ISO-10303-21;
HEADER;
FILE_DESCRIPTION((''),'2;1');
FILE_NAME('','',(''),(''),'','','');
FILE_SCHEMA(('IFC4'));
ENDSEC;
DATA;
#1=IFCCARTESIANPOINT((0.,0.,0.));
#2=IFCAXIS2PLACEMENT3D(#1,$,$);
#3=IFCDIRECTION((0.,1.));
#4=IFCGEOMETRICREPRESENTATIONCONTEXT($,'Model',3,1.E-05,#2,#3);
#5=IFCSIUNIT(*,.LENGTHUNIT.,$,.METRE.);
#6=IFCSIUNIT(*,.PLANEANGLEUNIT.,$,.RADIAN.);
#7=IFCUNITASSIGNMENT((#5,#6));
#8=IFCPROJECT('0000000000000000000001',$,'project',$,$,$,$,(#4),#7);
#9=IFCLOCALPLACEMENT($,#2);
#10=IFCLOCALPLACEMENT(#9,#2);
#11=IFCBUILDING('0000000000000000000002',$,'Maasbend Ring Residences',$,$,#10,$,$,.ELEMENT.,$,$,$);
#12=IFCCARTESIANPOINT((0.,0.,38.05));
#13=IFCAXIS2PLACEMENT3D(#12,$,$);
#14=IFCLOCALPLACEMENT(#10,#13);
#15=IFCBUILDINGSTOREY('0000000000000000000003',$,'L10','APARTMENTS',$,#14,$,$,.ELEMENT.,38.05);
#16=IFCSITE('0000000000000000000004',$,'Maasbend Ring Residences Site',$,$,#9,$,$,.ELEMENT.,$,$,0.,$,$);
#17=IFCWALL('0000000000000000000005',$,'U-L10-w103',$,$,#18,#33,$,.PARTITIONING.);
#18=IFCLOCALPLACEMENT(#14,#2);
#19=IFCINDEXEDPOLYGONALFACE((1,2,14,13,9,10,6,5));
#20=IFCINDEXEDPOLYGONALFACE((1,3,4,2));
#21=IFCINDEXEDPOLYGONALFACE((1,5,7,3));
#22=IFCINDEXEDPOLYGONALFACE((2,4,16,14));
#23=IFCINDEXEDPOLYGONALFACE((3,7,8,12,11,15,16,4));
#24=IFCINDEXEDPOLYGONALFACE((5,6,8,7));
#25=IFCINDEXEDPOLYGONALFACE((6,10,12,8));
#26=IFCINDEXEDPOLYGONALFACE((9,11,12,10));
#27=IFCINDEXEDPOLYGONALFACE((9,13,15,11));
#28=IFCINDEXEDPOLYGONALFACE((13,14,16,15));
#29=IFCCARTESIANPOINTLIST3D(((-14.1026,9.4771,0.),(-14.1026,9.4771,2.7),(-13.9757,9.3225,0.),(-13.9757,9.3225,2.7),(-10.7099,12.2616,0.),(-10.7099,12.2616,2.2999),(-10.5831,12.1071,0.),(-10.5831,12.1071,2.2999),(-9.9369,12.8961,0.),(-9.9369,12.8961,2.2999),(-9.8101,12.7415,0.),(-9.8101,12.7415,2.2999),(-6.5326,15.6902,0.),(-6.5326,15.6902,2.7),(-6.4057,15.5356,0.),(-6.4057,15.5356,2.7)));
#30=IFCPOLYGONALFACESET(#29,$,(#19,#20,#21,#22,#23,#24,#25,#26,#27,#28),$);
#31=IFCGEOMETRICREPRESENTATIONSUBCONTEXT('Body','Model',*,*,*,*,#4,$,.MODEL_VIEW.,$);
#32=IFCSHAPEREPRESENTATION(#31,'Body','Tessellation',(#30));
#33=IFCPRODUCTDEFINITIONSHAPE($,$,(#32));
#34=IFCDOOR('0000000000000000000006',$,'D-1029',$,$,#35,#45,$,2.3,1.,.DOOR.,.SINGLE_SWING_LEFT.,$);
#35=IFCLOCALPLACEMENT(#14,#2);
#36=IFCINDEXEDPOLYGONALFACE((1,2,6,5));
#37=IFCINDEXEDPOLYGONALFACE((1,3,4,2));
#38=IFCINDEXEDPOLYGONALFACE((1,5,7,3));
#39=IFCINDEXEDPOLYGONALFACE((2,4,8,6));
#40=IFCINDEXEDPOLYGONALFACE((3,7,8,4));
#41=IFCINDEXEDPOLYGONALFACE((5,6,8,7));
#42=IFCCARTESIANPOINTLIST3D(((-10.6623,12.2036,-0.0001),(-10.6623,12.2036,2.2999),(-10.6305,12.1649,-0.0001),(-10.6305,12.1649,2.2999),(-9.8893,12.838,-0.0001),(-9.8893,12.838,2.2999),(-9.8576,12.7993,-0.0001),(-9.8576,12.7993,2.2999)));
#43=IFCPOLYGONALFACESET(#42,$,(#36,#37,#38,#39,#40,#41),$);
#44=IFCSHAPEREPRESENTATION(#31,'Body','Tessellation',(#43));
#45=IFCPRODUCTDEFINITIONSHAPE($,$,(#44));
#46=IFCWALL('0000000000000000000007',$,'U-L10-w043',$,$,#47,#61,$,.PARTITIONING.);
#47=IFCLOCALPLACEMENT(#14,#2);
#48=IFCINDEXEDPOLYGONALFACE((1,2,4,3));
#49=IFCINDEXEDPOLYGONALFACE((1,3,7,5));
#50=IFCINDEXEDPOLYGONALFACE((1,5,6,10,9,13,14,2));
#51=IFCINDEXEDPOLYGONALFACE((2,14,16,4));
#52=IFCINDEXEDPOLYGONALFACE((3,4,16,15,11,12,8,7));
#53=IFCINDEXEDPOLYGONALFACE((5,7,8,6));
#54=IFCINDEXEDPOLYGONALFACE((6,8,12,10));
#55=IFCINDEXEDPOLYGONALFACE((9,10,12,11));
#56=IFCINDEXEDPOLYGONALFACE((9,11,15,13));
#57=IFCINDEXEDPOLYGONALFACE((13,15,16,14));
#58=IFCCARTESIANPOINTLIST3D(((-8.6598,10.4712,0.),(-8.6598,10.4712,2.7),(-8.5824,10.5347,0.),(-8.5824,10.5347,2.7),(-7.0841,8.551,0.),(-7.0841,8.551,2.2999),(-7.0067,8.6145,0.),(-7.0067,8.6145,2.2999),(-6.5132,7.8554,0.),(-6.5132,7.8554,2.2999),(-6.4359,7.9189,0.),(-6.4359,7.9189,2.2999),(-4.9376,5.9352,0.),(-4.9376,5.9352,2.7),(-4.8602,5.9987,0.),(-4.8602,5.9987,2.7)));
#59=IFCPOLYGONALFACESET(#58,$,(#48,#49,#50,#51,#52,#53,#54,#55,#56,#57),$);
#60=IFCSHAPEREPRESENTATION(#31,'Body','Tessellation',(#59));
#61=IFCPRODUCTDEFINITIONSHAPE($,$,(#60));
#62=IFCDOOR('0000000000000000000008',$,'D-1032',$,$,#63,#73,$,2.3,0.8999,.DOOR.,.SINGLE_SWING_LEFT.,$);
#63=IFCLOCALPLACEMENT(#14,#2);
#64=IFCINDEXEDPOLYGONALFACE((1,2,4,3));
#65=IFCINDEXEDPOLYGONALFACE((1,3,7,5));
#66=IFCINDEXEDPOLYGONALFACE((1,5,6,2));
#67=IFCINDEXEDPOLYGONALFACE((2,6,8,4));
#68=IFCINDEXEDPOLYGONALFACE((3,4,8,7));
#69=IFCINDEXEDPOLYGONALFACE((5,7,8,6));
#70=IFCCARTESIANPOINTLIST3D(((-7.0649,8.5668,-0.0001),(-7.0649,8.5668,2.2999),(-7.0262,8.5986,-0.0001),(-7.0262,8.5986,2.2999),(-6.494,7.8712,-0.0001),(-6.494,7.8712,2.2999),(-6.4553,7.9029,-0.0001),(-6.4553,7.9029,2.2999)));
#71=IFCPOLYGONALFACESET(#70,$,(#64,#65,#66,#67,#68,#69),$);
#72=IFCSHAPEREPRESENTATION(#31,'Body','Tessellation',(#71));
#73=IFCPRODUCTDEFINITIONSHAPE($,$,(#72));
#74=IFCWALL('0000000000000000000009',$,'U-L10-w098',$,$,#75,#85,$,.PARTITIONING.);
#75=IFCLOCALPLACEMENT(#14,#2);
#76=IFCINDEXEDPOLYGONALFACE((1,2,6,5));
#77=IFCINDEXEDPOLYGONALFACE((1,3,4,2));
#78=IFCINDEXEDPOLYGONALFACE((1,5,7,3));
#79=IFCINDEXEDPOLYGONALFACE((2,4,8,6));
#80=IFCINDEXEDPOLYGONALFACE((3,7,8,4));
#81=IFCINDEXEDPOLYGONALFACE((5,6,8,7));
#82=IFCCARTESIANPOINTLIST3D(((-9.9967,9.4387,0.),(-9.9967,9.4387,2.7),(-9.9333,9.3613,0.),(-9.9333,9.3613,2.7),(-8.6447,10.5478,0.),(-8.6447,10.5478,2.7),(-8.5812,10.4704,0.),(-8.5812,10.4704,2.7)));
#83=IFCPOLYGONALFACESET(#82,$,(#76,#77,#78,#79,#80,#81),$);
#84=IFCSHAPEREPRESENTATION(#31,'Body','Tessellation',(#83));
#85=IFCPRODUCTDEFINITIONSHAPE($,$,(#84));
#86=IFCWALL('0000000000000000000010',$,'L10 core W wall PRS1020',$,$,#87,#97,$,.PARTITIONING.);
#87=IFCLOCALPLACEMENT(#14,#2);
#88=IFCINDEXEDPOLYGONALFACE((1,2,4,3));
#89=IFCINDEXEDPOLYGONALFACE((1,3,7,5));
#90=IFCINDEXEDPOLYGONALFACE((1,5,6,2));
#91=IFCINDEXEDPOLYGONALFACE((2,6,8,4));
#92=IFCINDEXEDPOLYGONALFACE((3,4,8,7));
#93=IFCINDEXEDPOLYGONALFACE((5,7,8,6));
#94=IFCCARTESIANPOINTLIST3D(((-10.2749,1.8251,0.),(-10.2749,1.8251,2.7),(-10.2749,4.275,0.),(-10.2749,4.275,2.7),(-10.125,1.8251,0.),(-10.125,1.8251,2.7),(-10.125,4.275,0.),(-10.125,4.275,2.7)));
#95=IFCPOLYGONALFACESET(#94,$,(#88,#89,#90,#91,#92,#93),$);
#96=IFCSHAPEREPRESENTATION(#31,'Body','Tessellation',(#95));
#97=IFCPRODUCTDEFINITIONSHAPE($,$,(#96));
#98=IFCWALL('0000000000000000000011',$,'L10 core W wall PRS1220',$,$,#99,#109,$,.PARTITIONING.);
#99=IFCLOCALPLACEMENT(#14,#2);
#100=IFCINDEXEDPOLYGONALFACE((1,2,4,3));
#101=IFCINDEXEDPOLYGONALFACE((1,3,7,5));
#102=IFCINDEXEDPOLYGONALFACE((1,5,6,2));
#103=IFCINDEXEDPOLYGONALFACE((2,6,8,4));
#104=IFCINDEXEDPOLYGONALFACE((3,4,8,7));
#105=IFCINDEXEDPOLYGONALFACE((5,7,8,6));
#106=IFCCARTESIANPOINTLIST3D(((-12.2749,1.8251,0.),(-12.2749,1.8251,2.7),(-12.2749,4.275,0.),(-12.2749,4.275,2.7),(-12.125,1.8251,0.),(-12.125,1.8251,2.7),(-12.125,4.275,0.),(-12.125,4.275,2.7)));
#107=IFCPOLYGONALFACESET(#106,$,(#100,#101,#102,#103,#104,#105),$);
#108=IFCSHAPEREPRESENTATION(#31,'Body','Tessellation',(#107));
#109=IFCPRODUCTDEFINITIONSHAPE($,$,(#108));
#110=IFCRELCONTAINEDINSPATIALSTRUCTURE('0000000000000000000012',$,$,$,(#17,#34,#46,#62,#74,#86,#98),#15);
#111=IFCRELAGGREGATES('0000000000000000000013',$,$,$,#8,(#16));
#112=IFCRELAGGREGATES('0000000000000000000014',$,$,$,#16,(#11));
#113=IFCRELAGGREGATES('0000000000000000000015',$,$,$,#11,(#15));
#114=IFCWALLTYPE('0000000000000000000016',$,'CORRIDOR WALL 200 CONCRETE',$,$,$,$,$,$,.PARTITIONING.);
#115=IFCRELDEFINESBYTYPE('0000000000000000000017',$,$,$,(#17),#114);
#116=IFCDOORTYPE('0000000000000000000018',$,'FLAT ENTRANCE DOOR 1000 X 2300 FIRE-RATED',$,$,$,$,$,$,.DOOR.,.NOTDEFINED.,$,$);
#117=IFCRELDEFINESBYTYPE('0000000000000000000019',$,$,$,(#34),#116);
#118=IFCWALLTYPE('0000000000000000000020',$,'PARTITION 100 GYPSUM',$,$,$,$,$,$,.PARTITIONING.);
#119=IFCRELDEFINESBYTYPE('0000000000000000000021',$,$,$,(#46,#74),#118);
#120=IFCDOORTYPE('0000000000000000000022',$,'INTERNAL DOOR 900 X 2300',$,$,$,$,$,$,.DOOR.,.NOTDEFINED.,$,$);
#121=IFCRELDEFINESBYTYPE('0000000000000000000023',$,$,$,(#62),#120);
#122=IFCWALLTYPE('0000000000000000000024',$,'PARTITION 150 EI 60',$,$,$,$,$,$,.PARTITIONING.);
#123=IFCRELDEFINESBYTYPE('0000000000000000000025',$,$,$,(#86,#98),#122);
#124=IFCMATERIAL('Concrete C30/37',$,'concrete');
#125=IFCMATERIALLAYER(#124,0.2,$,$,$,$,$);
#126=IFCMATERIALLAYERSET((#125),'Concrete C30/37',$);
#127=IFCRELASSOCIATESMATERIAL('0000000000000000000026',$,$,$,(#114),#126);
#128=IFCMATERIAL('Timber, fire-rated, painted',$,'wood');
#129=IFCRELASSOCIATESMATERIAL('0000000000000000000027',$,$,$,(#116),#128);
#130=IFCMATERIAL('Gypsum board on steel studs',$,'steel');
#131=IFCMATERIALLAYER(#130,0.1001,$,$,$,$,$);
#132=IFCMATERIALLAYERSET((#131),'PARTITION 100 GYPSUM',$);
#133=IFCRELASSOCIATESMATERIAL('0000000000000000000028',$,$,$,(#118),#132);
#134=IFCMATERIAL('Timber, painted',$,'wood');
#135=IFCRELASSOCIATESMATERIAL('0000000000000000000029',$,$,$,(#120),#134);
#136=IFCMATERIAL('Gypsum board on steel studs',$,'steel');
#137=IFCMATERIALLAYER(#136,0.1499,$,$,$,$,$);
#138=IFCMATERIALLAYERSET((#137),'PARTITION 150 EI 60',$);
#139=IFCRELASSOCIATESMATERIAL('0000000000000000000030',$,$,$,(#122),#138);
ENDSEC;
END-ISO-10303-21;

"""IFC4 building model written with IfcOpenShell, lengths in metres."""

from ifc_helpers import new_model, si_unit, direction, frame, frame_2d, origin, place, context, subcontext, project, spatial, rectangle, extrude, material, layer, layer_set, type_object, element, fill, save


model = new_model("IFC4")

# Units and contexts
model_context = context("Model", 3, precision=1e-05, world=origin(), true_north=direction((0.0, 1.0)))
body_context = subcontext(model_context, "Body", "Model", "MODEL_VIEW")
ifc_project = project(units=[si_unit("LENGTHUNIT", "METRE"), si_unit("PLANEANGLEUNIT", "RADIAN")], contexts=[model_context])

# Site, building, storey
site_placement = place(None, origin())
site = spatial("IfcSite", under=ifc_project, at=site_placement, Name="Maasbend Ring Residences Site", CompositionType="ELEMENT", RefElevation=0.0)
building_placement = place(site_placement, origin())
building = spatial("IfcBuilding", under=site, at=building_placement, Name="Maasbend Ring Residences", CompositionType="ELEMENT")
storey_placement = place(building_placement, frame((0.0, 0.0, 38.05)))
storey = spatial("IfcBuildingStorey", under=building, at=storey_placement, Name="L10", Description="APARTMENTS", CompositionType="ELEMENT", Elevation=38.05)

# Walls, openings, doors
ifc_material_1 = material(Name="Concrete C30/37", Category="concrete")
ifc_layer_1 = layer(ifc_material_1, 0.2)
ifc_layer_set_1 = layer_set([ifc_layer_1], Name="Concrete C30/37")
wall_type_1 = type_object("IfcWallType", Name="CORRIDOR WALL 200 CONCRETE", PredefinedType="PARTITIONING", material=ifc_layer_set_1)
wall_1_placement = place(storey_placement, frame((-14.0391, 9.3999, 0.0), z_axis=(0.0, 0.0, 1.0), x_axis=(0.772983, 0.634426, 0.0)))
wall_1 = element("IfcWall", 1, at=wall_1_placement, inside=storey, type_object=wall_type_1, Name="U-L10-w103", PredefinedType="PARTITIONING", context=body_context, shape_type="SweptSolid", body=[
    extrude(rectangle(XDim=9.7932, YDim=0.2, at=frame_2d((4.8965, 0.0))), origin(), (0.0, 0.0, 1.0), 2.7),
])
opening_1_placement = place(wall_1_placement, frame((4.3889, 0.0, 0.0)))
opening_1 = element("IfcOpeningElement", 2, at=opening_1_placement, cuts=wall_1, PredefinedType="OPENING", context=body_context, shape_type="SweptSolid", body=[
    extrude(rectangle(XDim=1.0, YDim=2.3, at=frame_2d((0.5, 1.1499))), frame((0.0, 0.1099, 0.0), z_axis=(0.0, -1.0, 0.0), x_axis=(1.0, 0.0, 0.0)), (0.0, 0.0, 1.0), 0.22),
])
ifc_material_2 = material(Name="Timber, fire-rated, painted", Category="wood")
door_type_1 = type_object("IfcDoorType", Name="FLAT ENTRANCE DOOR 1000 X 2300 FIRE-RATED", OperationType="NOTDEFINED", PredefinedType="DOOR", material=ifc_material_2)
door_1_placement = place(opening_1_placement, origin())
door_1 = element("IfcDoor", 3, at=door_1_placement, inside=storey, type_object=door_type_1, Name="D-1029", OperationType="SINGLE_SWING_LEFT", OverallHeight=2.3, OverallWidth=1.0, PredefinedType="DOOR", context=body_context, shape_type="SweptSolid", body=[
    extrude(rectangle(XDim=1.0, YDim=2.3, at=frame_2d((0.5, 1.1499))), frame((0.0, 0.0249, 0.0), z_axis=(0.0, -1.0, 0.0), x_axis=(1.0, 0.0, 0.0)), (0.0, 0.0, 1.0), 0.05),
])
fill(opening_1, door_1)
ifc_material_3 = material(Name="Gypsum board on steel studs", Category="steel")
ifc_layer_2 = layer(ifc_material_3, 0.1001)
ifc_layer_set_2 = layer_set([ifc_layer_2], Name="PARTITION 100 GYPSUM")
wall_type_2 = type_object("IfcWallType", Name="PARTITION 100 GYPSUM", PredefinedType="PARTITIONING", material=ifc_layer_set_2)
wall_2_placement = place(storey_placement, frame((-8.6211, 10.5029, 0.0), z_axis=(0.0, 0.0, 1.0), x_axis=(0.634359, -0.773039, 0.0)))
wall_2 = element("IfcWall", 4, at=wall_2_placement, inside=storey, type_object=wall_type_2, Name="U-L10-w043", PredefinedType="PARTITIONING", context=body_context, shape_type="SweptSolid", body=[
    extrude(rectangle(XDim=5.8677, YDim=0.1001, at=frame_2d((2.9338, 0.0))), origin(), (0.0, 0.0, 1.0), 2.7),
])
opening_2_placement = place(wall_2_placement, frame((2.4839, 0.0, 0.0)))
opening_2 = element("IfcOpeningElement", 5, at=opening_2_placement, cuts=wall_2, PredefinedType="OPENING", context=body_context, shape_type="SweptSolid", body=[
    extrude(rectangle(XDim=0.8999, YDim=2.3, at=frame_2d((0.45, 1.1499))), frame((0.0, 0.0601, 0.0), z_axis=(0.0, -1.0, 0.0), x_axis=(1.0, 0.0, 0.0)), (0.0, 0.0, 1.0), 0.1201),
])
ifc_material_4 = material(Name="Timber, painted", Category="wood")
door_type_2 = type_object("IfcDoorType", Name="INTERNAL DOOR 900 X 2300", OperationType="NOTDEFINED", PredefinedType="DOOR", material=ifc_material_4)
door_2_placement = place(opening_2_placement, origin())
door_2 = element("IfcDoor", 6, at=door_2_placement, inside=storey, type_object=door_type_2, Name="D-1032", OperationType="SINGLE_SWING_LEFT", OverallHeight=2.3, OverallWidth=0.8999, PredefinedType="DOOR", context=body_context, shape_type="SweptSolid", body=[
    extrude(rectangle(XDim=0.8999, YDim=2.3, at=frame_2d((0.45, 1.1499))), frame((0.0, 0.0249, 0.0), z_axis=(0.0, -1.0, 0.0), x_axis=(1.0, 0.0, 0.0)), (0.0, 0.0, 1.0), 0.05),
])
fill(opening_2, door_2)

# Walls
wall_3_placement = place(storey_placement, frame((-9.9651, 9.3999, 0.0), z_axis=(0.0, 0.0, 1.0), x_axis=(0.773142, 0.634233, 0.0)))
element("IfcWall", 7, at=wall_3_placement, inside=storey, type_object=wall_type_2, Name="U-L10-w098", PredefinedType="PARTITIONING", context=body_context, shape_type="SweptSolid", body=[
    extrude(rectangle(XDim=1.7488, YDim=0.1001, at=frame_2d((0.8745, 0.0))), origin(), (0.0, 0.0, 1.0), 2.7),
])
ifc_material_5 = material(Name="Gypsum board on steel studs", Category="steel")
ifc_layer_3 = layer(ifc_material_5, 0.1499)
ifc_layer_set_3 = layer_set([ifc_layer_3], Name="PARTITION 150 EI 60")
wall_type_3 = type_object("IfcWallType", Name="PARTITION 150 EI 60", PredefinedType="PARTITIONING", material=ifc_layer_set_3)
for number, where, z_axis, x_axis, name in (
    (8, (-10.2, 1.825, 0.0), (0.0, 0.0, 1.0), (0.0, 1.0, 0.0), "L10 core W wall PRS1020"),
    (9, (-12.2, 1.825, 0.0), (0.0, 0.0, 1.0), (0.0, 1.0, 0.0), "L10 core W wall PRS1220"),
):
    element("IfcWall", number, at=place(storey_placement, frame(where, z_axis=z_axis, x_axis=x_axis)), inside=storey, type_object=wall_type_3, Name=name, PredefinedType="PARTITIONING", context=body_context, shape_type="SweptSolid", body=[
        extrude(rectangle(XDim=2.45, YDim=0.1499, at=frame_2d((1.2251, 0.0))), origin(), (0.0, 0.0, 1.0), 2.7),
    ])

save(model, "model.ifc")
